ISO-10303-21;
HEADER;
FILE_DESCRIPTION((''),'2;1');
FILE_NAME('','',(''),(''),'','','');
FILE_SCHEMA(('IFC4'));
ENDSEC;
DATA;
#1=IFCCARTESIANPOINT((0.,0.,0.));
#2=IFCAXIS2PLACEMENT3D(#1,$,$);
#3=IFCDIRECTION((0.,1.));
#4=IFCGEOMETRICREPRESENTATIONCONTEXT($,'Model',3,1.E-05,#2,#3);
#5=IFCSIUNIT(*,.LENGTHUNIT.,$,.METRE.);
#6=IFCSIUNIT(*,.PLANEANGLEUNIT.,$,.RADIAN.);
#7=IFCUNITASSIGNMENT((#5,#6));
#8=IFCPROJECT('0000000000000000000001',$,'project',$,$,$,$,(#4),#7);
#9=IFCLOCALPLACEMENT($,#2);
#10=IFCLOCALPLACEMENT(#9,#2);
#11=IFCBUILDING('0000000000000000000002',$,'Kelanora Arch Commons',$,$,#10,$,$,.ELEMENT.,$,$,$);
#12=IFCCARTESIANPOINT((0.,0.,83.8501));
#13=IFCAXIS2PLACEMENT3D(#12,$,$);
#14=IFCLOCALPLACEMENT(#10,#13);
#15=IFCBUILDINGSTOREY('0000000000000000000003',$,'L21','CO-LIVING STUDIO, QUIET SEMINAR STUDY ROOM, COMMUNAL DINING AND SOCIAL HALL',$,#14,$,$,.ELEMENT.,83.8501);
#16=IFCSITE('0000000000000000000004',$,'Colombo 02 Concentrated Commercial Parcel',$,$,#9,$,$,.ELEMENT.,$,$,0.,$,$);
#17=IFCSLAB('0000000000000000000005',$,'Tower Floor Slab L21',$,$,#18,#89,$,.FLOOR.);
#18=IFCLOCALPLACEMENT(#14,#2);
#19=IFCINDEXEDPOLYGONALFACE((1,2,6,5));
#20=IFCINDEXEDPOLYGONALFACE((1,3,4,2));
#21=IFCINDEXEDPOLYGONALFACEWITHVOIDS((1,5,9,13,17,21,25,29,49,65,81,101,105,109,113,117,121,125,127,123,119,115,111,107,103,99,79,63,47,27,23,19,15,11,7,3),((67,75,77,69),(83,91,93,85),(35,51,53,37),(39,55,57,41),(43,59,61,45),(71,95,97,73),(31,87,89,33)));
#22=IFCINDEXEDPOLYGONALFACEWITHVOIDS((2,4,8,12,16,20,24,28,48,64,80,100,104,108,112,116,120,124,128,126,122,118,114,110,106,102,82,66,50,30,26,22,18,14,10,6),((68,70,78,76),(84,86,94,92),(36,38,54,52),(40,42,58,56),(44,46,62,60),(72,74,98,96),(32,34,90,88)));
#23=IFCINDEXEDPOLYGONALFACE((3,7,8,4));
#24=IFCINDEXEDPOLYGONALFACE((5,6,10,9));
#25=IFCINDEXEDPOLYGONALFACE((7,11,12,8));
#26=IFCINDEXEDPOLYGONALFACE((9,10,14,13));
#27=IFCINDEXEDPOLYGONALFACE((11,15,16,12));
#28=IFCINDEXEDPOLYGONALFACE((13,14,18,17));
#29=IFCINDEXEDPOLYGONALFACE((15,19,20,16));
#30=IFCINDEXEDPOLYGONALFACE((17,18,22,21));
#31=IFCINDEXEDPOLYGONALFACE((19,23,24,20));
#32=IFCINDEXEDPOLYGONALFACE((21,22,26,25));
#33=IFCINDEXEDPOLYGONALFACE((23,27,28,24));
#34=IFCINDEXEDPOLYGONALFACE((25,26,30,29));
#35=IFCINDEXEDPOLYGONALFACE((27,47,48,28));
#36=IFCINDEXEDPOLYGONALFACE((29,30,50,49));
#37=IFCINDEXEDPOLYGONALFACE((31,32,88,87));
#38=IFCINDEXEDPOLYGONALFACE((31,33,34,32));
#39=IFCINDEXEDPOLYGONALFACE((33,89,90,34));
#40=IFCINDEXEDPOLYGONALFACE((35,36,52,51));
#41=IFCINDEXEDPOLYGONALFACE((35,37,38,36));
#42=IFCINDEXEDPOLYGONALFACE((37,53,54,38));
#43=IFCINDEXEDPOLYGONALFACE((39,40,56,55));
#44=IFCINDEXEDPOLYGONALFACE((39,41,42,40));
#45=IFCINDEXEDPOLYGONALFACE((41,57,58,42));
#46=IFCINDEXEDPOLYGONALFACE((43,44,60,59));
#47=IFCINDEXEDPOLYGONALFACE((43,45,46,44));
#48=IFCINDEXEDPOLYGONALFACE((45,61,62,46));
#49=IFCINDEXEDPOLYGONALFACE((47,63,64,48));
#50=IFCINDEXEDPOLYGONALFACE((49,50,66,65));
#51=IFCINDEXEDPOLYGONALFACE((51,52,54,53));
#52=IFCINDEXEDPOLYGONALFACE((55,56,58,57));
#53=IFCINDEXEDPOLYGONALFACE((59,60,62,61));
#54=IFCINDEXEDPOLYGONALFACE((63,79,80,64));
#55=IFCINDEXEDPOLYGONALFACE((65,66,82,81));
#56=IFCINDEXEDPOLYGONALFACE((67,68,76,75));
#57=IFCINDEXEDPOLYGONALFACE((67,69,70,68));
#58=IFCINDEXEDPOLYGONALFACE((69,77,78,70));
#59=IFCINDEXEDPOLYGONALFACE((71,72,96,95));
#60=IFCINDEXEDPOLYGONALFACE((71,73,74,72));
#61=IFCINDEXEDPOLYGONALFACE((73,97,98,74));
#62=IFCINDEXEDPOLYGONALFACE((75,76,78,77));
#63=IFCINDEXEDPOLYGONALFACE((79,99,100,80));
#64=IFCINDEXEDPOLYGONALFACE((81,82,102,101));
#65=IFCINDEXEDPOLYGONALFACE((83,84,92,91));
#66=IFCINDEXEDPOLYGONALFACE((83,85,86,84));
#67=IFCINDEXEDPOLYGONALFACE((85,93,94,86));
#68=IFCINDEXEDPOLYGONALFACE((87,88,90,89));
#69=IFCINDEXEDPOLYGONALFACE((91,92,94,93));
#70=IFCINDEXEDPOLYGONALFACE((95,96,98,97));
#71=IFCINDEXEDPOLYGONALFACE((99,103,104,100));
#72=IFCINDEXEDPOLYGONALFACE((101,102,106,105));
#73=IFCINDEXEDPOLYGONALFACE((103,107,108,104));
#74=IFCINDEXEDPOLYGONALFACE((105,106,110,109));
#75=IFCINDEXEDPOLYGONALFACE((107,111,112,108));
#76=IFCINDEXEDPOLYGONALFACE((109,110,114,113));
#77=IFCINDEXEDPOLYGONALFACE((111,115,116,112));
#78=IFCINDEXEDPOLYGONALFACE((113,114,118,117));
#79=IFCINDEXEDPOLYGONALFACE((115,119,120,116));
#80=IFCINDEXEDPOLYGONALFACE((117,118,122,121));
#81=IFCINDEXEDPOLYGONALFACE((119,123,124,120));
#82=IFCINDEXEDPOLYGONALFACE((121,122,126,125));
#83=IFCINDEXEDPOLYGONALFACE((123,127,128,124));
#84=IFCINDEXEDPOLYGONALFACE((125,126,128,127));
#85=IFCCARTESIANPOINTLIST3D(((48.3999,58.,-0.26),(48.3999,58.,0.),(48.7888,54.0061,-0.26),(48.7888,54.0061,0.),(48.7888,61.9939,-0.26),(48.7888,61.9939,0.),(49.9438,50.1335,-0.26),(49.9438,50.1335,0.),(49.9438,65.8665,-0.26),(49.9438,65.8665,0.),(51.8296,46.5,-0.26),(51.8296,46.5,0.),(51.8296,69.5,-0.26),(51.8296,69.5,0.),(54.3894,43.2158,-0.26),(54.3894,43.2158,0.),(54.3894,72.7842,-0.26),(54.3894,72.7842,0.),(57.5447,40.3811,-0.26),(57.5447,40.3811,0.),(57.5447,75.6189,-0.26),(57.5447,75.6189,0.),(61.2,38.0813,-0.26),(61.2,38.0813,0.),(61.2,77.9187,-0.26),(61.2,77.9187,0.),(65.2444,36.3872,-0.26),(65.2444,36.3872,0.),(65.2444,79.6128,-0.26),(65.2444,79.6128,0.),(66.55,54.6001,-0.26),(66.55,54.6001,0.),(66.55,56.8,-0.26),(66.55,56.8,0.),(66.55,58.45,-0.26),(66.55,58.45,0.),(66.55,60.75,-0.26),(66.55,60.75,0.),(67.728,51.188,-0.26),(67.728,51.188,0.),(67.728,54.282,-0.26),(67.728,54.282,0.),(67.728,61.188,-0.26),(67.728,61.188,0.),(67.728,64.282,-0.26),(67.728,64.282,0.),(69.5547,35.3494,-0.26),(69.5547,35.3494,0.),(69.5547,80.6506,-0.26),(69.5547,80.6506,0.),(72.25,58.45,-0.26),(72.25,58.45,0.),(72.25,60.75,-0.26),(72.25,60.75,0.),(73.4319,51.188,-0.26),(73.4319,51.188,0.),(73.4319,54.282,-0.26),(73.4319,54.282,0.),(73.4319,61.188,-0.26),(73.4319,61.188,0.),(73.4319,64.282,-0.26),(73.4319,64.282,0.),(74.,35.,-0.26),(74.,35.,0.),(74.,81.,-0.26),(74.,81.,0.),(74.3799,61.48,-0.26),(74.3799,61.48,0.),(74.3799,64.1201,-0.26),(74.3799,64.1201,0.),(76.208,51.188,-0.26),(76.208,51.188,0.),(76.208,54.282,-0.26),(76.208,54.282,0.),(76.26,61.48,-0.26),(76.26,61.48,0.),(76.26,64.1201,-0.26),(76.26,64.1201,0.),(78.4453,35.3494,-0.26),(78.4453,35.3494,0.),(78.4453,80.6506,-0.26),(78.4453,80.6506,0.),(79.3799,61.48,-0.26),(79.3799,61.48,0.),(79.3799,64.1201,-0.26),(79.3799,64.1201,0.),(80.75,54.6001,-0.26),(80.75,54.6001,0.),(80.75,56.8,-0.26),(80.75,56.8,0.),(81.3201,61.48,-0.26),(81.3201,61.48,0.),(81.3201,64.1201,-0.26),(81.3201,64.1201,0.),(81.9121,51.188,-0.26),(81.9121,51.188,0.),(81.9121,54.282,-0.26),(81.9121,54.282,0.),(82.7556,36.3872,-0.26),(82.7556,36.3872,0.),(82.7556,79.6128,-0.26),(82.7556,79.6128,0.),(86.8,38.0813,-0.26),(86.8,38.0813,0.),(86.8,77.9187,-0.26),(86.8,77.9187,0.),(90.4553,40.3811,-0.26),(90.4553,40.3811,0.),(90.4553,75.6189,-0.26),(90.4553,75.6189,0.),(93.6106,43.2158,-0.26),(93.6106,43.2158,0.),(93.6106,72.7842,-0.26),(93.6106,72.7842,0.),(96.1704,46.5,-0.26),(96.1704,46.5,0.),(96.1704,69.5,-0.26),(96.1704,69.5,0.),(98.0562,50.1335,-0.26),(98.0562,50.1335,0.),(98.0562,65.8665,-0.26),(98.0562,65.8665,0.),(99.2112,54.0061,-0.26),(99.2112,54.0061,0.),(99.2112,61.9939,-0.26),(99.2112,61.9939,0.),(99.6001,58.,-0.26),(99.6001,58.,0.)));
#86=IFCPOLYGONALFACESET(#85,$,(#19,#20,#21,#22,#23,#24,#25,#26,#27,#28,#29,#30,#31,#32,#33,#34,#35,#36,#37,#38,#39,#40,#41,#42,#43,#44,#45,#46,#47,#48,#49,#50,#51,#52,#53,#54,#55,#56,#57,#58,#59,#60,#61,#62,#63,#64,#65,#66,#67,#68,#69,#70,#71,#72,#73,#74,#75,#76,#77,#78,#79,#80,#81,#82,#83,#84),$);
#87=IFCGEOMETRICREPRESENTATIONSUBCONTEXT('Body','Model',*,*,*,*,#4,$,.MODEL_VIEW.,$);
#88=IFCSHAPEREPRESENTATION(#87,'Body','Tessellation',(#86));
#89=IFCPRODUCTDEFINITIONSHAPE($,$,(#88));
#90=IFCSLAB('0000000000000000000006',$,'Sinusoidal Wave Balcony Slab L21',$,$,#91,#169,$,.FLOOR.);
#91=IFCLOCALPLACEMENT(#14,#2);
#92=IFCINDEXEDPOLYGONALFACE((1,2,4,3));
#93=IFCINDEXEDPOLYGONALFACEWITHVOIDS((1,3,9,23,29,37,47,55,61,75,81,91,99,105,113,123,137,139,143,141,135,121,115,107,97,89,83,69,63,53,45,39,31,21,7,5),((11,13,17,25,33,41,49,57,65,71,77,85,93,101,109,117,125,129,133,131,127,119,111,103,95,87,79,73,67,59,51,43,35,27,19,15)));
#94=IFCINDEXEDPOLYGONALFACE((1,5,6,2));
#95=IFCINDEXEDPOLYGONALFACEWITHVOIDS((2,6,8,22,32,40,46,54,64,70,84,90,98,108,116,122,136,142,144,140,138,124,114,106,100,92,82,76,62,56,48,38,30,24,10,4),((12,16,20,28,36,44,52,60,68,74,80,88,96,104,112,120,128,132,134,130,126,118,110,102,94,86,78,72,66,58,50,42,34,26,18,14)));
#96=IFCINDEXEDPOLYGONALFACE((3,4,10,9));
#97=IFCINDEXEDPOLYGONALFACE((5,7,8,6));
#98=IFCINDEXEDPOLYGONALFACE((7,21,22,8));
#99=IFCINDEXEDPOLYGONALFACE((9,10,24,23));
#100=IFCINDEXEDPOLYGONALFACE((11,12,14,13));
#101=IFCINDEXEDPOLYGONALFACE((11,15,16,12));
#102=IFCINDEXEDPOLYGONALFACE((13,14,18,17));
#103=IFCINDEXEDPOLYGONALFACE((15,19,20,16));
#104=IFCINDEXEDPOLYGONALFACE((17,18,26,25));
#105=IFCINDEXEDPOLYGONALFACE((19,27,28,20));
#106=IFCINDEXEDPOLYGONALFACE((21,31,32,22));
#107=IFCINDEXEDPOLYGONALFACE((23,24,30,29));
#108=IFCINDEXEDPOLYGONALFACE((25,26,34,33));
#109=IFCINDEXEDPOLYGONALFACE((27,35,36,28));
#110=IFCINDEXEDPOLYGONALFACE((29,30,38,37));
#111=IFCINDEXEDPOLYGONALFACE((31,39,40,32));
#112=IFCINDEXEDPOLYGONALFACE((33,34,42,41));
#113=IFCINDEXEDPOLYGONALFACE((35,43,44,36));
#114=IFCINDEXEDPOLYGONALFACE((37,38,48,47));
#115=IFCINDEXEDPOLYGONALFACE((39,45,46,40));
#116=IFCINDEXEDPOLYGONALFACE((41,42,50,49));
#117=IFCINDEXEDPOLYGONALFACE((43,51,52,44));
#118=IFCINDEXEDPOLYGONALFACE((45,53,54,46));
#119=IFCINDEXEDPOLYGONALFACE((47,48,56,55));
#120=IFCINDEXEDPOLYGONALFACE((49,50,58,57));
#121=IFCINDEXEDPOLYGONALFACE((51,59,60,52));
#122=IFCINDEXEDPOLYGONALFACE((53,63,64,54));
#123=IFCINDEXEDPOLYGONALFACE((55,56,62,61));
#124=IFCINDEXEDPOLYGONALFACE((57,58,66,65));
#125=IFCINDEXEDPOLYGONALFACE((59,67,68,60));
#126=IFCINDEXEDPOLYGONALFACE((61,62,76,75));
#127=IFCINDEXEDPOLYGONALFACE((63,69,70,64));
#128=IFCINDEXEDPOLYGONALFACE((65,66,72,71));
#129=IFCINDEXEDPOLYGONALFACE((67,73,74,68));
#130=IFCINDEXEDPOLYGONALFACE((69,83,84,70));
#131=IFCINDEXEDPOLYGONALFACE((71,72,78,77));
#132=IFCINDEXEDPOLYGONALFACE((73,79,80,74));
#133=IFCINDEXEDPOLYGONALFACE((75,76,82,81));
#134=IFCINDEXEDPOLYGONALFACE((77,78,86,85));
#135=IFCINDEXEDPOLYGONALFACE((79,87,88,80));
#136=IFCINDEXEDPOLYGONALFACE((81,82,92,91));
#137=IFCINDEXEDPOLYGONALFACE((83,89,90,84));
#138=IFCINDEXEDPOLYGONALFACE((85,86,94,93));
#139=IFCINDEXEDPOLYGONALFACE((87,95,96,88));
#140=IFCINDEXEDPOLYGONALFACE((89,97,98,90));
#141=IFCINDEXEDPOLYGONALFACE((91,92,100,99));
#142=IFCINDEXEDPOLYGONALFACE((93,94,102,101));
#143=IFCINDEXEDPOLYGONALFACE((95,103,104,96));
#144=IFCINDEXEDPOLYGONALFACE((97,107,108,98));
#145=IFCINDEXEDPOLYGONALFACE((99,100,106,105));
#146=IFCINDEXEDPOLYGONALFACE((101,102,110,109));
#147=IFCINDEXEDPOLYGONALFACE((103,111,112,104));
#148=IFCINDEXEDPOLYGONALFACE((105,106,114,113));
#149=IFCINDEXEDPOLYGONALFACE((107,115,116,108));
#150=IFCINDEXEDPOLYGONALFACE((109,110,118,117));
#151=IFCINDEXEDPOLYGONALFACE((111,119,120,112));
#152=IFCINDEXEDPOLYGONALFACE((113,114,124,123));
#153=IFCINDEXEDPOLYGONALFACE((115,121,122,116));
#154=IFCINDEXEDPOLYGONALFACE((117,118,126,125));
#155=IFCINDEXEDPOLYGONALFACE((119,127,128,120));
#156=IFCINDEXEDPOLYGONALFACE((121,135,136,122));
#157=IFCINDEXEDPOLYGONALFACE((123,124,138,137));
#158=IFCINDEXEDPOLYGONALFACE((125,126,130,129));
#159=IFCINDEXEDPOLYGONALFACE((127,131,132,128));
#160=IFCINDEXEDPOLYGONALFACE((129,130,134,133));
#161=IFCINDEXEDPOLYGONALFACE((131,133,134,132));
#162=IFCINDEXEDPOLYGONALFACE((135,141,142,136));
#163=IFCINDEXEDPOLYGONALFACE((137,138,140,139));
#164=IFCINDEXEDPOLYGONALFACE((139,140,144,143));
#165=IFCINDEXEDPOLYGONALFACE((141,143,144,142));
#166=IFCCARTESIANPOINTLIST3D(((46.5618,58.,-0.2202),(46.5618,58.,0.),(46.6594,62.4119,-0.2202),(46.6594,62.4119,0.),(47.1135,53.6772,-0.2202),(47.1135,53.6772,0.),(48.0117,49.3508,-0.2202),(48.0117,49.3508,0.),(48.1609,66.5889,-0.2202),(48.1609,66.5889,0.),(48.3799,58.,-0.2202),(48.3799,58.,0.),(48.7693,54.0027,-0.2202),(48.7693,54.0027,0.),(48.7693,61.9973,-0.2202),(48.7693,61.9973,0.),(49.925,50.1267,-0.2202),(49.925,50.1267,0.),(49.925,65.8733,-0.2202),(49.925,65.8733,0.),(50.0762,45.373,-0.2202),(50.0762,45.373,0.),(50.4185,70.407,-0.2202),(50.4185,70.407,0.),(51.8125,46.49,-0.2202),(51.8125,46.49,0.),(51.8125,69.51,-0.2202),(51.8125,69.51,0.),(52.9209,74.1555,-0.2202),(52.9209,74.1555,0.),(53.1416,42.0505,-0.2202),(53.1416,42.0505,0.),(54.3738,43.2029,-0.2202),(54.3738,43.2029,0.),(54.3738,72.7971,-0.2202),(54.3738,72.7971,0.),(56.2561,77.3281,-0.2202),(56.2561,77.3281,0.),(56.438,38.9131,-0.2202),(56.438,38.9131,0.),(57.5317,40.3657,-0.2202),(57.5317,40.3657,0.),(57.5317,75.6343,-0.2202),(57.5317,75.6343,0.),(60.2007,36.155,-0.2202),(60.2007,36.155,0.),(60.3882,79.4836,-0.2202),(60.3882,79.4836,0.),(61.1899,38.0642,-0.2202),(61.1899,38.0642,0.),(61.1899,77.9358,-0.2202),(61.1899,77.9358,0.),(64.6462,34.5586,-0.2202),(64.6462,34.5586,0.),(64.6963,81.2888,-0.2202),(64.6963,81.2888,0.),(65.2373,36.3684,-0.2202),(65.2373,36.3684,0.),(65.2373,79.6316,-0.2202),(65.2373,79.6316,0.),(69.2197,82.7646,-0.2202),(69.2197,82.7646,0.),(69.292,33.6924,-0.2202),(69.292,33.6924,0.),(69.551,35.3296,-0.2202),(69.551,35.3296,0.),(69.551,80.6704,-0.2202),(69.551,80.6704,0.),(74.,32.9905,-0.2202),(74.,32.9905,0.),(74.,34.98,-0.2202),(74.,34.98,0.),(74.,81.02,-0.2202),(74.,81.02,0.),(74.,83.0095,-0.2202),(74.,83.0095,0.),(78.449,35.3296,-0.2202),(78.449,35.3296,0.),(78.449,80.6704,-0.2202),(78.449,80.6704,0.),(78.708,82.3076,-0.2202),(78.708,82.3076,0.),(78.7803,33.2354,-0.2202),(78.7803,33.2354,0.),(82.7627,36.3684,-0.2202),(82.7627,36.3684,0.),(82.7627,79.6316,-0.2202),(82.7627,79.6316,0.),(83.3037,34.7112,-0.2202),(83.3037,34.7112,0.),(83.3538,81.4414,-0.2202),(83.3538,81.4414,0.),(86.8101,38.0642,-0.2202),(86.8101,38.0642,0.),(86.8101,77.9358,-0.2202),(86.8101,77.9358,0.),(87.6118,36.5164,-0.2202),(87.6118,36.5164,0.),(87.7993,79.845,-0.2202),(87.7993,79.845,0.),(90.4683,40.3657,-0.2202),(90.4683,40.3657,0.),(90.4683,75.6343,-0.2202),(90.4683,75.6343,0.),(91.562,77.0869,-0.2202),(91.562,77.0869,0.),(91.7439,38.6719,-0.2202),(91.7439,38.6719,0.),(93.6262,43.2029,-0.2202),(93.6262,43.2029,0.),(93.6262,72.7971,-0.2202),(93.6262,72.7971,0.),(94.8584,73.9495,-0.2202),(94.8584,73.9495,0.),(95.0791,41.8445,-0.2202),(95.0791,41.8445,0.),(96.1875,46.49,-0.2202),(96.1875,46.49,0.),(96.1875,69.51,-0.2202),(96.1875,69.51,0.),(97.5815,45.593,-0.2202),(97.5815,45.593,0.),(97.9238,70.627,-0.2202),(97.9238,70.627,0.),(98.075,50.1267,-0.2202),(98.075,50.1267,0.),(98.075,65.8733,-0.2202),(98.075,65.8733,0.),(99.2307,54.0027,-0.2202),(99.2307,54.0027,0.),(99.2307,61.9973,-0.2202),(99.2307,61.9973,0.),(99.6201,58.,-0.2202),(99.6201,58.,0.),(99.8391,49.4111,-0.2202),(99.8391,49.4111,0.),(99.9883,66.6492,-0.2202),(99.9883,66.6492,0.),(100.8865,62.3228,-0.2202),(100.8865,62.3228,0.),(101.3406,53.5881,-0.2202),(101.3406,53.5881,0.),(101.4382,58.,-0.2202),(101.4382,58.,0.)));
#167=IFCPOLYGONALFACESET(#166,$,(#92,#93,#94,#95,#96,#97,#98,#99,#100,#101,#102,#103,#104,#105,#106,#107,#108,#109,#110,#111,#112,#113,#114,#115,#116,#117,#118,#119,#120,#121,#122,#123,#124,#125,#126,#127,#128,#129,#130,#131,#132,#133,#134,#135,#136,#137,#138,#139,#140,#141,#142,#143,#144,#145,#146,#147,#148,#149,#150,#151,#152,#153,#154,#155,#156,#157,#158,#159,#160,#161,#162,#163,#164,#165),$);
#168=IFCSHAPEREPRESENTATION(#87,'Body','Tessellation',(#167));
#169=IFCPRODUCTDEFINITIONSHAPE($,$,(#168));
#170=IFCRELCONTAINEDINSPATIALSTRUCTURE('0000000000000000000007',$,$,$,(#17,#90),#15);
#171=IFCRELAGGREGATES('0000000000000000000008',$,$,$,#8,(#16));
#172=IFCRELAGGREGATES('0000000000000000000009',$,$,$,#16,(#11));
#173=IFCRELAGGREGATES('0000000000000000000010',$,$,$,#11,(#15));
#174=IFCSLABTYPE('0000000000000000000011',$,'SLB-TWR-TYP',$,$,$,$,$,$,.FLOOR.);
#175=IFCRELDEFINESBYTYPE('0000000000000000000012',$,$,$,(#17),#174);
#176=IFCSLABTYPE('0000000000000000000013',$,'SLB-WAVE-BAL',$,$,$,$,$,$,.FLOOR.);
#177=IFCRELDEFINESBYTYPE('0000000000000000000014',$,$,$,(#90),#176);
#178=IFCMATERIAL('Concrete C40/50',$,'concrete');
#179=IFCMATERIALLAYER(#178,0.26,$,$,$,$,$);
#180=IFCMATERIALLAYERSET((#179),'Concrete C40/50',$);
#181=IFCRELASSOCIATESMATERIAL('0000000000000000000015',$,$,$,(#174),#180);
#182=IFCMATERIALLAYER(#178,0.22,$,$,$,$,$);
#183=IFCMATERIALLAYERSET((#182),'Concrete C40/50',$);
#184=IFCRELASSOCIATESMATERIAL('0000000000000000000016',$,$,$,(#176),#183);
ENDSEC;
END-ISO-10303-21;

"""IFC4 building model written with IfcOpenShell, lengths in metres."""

from ifc_helpers import new_model, si_unit, direction, frame, origin, place, context, subcontext, project, spatial, polyline, outline, extrude, material, layer, layer_set, type_object, element, save


model = new_model("IFC4")

# Units and contexts
model_context = context("Model", 3, precision=1e-05, world=origin(), true_north=direction((0.0, 1.0)))
body_context = subcontext(model_context, "Body", "Model", "MODEL_VIEW")
ifc_project = project(units=[si_unit("LENGTHUNIT", "METRE"), si_unit("PLANEANGLEUNIT", "RADIAN")], contexts=[model_context])

# Site, building, storey
site_placement = place(None, origin())
site = spatial("IfcSite", under=ifc_project, at=site_placement, Name="Colombo 02 Concentrated Commercial Parcel", CompositionType="ELEMENT", RefElevation=0.0)
building_placement = place(site_placement, origin())
building = spatial("IfcBuilding", under=site, at=building_placement, Name="Kelanora Arch Commons", CompositionType="ELEMENT")
storey_placement = place(building_placement, frame((0.0, 0.0, 83.8501)))
storey = spatial("IfcBuildingStorey", under=building, at=storey_placement, Name="L21", Description="CO-LIVING STUDIO, QUIET SEMINAR STUDY ROOM, COMMUNAL DINING AND SOCIAL HALL", CompositionType="ELEMENT", Elevation=83.8501)

# Shared definitions
ifc_material_1 = material(Name="Concrete C40/50", Category="concrete")

# Slabs
ifc_layer_1 = layer(ifc_material_1, 0.26)
ifc_layer_set_1 = layer_set([ifc_layer_1], Name="Concrete C40/50")
slab_type_1 = type_object("IfcSlabType", Name="SLB-TWR-TYP", PredefinedType="FLOOR", material=ifc_layer_set_1)
slab_1_placement = place(storey_placement, frame((0.0, 0.0, -0.26)))
element("IfcSlab", 1, at=slab_1_placement, inside=storey, type_object=slab_type_1, Name="Tower Floor Slab L21", PredefinedType="FLOOR", context=body_context, shape_type="SweptSolid", body=[
    extrude(outline(polyline([(99.6001, 58.0), (99.2112, 61.9939), (98.0562, 65.8665), (96.1704, 69.5), (93.6106, 72.7842), (90.4553, 75.6189), (86.8, 77.9187), (82.7556, 79.6128), (78.4453, 80.6506), (74.0, 81.0), (69.5547, 80.6506), (65.2444, 79.6128), (61.2, 77.9187), (57.5447, 75.6189), (54.3894, 72.7842), (51.8296, 69.5), (49.9438, 65.8665), (48.7888, 61.9939), (48.3999, 58.0), (48.7888, 54.0061), (49.9438, 50.1335), (51.8296, 46.5), (54.3894, 43.2158), (57.5447, 40.3811), (61.2, 38.0813), (65.2444, 36.3872), (69.5547, 35.3494), (74.0, 35.0), (78.4453, 35.3494), (82.7556, 36.3872), (86.8, 38.0813), (90.4553, 40.3811), (93.6106, 43.2158), (96.1704, 46.5), (98.0562, 50.1335), (99.2112, 54.0061), (99.6001, 58.0)]), holes=[polyline([(73.4319, 51.188), (67.728, 51.188), (67.728, 54.282), (73.4319, 54.282), (73.4319, 51.188)]), polyline([(76.208, 51.188), (76.208, 54.282), (81.9121, 54.282), (81.9121, 51.188), (76.208, 51.188)]), polyline([(66.55, 54.6001), (66.55, 56.8), (80.75, 56.8), (80.75, 54.6001), (66.55, 54.6001)]), polyline([(66.55, 58.45), (66.55, 60.75), (72.25, 60.75), (72.25, 58.45), (66.55, 58.45)]), polyline([(67.728, 61.188), (67.728, 64.282), (73.4319, 64.282), (73.4319, 61.188), (67.728, 61.188)]), polyline([(74.3799, 61.48), (74.3799, 64.1201), (76.26, 64.1201), (76.26, 61.48), (74.3799, 61.48)]), polyline([(79.3799, 61.48), (79.3799, 64.1201), (81.3201, 64.1201), (81.3201, 61.48), (79.3799, 61.48)])]), origin(), (0.0, 0.0, 1.0), 0.26),
])
ifc_layer_2 = layer(ifc_material_1, 0.22)
ifc_layer_set_2 = layer_set([ifc_layer_2], Name="Concrete C40/50")
slab_type_2 = type_object("IfcSlabType", Name="SLB-WAVE-BAL", PredefinedType="FLOOR", material=ifc_layer_set_2)
slab_2_placement = place(storey_placement, frame((0.0, 0.0, -0.2202)))
element("IfcSlab", 2, at=slab_2_placement, inside=storey, type_object=slab_type_2, Name="Sinusoidal Wave Balcony Slab L21", PredefinedType="FLOOR", context=body_context, shape_type="SweptSolid", body=[
    extrude(outline(polyline([(101.4382, 58.0), (100.8865, 62.3228), (99.9883, 66.6492), (97.9238, 70.627), (94.8584, 73.9495), (91.562, 77.0869), (87.7993, 79.845), (83.3538, 81.4414), (78.708, 82.3076), (74.0, 83.0095), (69.2197, 82.7646), (64.6963, 81.2888), (60.3882, 79.4836), (56.2561, 77.3281), (52.9209, 74.1555), (50.4185, 70.407), (48.1609, 66.5889), (46.6594, 62.4119), (46.5618, 58.0), (47.1135, 53.6772), (48.0117, 49.3508), (50.0762, 45.373), (53.1416, 42.0505), (56.438, 38.9131), (60.2007, 36.155), (64.6462, 34.5586), (69.292, 33.6924), (74.0, 32.9905), (78.7803, 33.2354), (83.3037, 34.7112), (87.6118, 36.5164), (91.7439, 38.6719), (95.0791, 41.8445), (97.5815, 45.593), (99.8391, 49.4111), (101.3406, 53.5881), (101.4382, 58.0)]), holes=[polyline([(99.2307, 54.0027), (98.075, 50.1267), (96.1875, 46.49), (93.6262, 43.2029), (90.4683, 40.3657), (86.8101, 38.0642), (82.7627, 36.3684), (78.449, 35.3296), (74.0, 34.98), (69.551, 35.3296), (65.2373, 36.3684), (61.1899, 38.0642), (57.5317, 40.3657), (54.3738, 43.2029), (51.8125, 46.49), (49.925, 50.1267), (48.7693, 54.0027), (48.3799, 58.0), (48.7693, 61.9973), (49.925, 65.8733), (51.8125, 69.51), (54.3738, 72.7971), (57.5317, 75.6343), (61.1899, 77.9358), (65.2373, 79.6316), (69.551, 80.6704), (74.0, 81.02), (78.449, 80.6704), (82.7627, 79.6316), (86.8101, 77.9358), (90.4683, 75.6343), (93.6262, 72.7971), (96.1875, 69.51), (98.075, 65.8733), (99.2307, 61.9973), (99.6201, 58.0), (99.2307, 54.0027)])]), origin(), (0.0, 0.0, 1.0), 0.2202),
])

save(model, "model.ifc")
